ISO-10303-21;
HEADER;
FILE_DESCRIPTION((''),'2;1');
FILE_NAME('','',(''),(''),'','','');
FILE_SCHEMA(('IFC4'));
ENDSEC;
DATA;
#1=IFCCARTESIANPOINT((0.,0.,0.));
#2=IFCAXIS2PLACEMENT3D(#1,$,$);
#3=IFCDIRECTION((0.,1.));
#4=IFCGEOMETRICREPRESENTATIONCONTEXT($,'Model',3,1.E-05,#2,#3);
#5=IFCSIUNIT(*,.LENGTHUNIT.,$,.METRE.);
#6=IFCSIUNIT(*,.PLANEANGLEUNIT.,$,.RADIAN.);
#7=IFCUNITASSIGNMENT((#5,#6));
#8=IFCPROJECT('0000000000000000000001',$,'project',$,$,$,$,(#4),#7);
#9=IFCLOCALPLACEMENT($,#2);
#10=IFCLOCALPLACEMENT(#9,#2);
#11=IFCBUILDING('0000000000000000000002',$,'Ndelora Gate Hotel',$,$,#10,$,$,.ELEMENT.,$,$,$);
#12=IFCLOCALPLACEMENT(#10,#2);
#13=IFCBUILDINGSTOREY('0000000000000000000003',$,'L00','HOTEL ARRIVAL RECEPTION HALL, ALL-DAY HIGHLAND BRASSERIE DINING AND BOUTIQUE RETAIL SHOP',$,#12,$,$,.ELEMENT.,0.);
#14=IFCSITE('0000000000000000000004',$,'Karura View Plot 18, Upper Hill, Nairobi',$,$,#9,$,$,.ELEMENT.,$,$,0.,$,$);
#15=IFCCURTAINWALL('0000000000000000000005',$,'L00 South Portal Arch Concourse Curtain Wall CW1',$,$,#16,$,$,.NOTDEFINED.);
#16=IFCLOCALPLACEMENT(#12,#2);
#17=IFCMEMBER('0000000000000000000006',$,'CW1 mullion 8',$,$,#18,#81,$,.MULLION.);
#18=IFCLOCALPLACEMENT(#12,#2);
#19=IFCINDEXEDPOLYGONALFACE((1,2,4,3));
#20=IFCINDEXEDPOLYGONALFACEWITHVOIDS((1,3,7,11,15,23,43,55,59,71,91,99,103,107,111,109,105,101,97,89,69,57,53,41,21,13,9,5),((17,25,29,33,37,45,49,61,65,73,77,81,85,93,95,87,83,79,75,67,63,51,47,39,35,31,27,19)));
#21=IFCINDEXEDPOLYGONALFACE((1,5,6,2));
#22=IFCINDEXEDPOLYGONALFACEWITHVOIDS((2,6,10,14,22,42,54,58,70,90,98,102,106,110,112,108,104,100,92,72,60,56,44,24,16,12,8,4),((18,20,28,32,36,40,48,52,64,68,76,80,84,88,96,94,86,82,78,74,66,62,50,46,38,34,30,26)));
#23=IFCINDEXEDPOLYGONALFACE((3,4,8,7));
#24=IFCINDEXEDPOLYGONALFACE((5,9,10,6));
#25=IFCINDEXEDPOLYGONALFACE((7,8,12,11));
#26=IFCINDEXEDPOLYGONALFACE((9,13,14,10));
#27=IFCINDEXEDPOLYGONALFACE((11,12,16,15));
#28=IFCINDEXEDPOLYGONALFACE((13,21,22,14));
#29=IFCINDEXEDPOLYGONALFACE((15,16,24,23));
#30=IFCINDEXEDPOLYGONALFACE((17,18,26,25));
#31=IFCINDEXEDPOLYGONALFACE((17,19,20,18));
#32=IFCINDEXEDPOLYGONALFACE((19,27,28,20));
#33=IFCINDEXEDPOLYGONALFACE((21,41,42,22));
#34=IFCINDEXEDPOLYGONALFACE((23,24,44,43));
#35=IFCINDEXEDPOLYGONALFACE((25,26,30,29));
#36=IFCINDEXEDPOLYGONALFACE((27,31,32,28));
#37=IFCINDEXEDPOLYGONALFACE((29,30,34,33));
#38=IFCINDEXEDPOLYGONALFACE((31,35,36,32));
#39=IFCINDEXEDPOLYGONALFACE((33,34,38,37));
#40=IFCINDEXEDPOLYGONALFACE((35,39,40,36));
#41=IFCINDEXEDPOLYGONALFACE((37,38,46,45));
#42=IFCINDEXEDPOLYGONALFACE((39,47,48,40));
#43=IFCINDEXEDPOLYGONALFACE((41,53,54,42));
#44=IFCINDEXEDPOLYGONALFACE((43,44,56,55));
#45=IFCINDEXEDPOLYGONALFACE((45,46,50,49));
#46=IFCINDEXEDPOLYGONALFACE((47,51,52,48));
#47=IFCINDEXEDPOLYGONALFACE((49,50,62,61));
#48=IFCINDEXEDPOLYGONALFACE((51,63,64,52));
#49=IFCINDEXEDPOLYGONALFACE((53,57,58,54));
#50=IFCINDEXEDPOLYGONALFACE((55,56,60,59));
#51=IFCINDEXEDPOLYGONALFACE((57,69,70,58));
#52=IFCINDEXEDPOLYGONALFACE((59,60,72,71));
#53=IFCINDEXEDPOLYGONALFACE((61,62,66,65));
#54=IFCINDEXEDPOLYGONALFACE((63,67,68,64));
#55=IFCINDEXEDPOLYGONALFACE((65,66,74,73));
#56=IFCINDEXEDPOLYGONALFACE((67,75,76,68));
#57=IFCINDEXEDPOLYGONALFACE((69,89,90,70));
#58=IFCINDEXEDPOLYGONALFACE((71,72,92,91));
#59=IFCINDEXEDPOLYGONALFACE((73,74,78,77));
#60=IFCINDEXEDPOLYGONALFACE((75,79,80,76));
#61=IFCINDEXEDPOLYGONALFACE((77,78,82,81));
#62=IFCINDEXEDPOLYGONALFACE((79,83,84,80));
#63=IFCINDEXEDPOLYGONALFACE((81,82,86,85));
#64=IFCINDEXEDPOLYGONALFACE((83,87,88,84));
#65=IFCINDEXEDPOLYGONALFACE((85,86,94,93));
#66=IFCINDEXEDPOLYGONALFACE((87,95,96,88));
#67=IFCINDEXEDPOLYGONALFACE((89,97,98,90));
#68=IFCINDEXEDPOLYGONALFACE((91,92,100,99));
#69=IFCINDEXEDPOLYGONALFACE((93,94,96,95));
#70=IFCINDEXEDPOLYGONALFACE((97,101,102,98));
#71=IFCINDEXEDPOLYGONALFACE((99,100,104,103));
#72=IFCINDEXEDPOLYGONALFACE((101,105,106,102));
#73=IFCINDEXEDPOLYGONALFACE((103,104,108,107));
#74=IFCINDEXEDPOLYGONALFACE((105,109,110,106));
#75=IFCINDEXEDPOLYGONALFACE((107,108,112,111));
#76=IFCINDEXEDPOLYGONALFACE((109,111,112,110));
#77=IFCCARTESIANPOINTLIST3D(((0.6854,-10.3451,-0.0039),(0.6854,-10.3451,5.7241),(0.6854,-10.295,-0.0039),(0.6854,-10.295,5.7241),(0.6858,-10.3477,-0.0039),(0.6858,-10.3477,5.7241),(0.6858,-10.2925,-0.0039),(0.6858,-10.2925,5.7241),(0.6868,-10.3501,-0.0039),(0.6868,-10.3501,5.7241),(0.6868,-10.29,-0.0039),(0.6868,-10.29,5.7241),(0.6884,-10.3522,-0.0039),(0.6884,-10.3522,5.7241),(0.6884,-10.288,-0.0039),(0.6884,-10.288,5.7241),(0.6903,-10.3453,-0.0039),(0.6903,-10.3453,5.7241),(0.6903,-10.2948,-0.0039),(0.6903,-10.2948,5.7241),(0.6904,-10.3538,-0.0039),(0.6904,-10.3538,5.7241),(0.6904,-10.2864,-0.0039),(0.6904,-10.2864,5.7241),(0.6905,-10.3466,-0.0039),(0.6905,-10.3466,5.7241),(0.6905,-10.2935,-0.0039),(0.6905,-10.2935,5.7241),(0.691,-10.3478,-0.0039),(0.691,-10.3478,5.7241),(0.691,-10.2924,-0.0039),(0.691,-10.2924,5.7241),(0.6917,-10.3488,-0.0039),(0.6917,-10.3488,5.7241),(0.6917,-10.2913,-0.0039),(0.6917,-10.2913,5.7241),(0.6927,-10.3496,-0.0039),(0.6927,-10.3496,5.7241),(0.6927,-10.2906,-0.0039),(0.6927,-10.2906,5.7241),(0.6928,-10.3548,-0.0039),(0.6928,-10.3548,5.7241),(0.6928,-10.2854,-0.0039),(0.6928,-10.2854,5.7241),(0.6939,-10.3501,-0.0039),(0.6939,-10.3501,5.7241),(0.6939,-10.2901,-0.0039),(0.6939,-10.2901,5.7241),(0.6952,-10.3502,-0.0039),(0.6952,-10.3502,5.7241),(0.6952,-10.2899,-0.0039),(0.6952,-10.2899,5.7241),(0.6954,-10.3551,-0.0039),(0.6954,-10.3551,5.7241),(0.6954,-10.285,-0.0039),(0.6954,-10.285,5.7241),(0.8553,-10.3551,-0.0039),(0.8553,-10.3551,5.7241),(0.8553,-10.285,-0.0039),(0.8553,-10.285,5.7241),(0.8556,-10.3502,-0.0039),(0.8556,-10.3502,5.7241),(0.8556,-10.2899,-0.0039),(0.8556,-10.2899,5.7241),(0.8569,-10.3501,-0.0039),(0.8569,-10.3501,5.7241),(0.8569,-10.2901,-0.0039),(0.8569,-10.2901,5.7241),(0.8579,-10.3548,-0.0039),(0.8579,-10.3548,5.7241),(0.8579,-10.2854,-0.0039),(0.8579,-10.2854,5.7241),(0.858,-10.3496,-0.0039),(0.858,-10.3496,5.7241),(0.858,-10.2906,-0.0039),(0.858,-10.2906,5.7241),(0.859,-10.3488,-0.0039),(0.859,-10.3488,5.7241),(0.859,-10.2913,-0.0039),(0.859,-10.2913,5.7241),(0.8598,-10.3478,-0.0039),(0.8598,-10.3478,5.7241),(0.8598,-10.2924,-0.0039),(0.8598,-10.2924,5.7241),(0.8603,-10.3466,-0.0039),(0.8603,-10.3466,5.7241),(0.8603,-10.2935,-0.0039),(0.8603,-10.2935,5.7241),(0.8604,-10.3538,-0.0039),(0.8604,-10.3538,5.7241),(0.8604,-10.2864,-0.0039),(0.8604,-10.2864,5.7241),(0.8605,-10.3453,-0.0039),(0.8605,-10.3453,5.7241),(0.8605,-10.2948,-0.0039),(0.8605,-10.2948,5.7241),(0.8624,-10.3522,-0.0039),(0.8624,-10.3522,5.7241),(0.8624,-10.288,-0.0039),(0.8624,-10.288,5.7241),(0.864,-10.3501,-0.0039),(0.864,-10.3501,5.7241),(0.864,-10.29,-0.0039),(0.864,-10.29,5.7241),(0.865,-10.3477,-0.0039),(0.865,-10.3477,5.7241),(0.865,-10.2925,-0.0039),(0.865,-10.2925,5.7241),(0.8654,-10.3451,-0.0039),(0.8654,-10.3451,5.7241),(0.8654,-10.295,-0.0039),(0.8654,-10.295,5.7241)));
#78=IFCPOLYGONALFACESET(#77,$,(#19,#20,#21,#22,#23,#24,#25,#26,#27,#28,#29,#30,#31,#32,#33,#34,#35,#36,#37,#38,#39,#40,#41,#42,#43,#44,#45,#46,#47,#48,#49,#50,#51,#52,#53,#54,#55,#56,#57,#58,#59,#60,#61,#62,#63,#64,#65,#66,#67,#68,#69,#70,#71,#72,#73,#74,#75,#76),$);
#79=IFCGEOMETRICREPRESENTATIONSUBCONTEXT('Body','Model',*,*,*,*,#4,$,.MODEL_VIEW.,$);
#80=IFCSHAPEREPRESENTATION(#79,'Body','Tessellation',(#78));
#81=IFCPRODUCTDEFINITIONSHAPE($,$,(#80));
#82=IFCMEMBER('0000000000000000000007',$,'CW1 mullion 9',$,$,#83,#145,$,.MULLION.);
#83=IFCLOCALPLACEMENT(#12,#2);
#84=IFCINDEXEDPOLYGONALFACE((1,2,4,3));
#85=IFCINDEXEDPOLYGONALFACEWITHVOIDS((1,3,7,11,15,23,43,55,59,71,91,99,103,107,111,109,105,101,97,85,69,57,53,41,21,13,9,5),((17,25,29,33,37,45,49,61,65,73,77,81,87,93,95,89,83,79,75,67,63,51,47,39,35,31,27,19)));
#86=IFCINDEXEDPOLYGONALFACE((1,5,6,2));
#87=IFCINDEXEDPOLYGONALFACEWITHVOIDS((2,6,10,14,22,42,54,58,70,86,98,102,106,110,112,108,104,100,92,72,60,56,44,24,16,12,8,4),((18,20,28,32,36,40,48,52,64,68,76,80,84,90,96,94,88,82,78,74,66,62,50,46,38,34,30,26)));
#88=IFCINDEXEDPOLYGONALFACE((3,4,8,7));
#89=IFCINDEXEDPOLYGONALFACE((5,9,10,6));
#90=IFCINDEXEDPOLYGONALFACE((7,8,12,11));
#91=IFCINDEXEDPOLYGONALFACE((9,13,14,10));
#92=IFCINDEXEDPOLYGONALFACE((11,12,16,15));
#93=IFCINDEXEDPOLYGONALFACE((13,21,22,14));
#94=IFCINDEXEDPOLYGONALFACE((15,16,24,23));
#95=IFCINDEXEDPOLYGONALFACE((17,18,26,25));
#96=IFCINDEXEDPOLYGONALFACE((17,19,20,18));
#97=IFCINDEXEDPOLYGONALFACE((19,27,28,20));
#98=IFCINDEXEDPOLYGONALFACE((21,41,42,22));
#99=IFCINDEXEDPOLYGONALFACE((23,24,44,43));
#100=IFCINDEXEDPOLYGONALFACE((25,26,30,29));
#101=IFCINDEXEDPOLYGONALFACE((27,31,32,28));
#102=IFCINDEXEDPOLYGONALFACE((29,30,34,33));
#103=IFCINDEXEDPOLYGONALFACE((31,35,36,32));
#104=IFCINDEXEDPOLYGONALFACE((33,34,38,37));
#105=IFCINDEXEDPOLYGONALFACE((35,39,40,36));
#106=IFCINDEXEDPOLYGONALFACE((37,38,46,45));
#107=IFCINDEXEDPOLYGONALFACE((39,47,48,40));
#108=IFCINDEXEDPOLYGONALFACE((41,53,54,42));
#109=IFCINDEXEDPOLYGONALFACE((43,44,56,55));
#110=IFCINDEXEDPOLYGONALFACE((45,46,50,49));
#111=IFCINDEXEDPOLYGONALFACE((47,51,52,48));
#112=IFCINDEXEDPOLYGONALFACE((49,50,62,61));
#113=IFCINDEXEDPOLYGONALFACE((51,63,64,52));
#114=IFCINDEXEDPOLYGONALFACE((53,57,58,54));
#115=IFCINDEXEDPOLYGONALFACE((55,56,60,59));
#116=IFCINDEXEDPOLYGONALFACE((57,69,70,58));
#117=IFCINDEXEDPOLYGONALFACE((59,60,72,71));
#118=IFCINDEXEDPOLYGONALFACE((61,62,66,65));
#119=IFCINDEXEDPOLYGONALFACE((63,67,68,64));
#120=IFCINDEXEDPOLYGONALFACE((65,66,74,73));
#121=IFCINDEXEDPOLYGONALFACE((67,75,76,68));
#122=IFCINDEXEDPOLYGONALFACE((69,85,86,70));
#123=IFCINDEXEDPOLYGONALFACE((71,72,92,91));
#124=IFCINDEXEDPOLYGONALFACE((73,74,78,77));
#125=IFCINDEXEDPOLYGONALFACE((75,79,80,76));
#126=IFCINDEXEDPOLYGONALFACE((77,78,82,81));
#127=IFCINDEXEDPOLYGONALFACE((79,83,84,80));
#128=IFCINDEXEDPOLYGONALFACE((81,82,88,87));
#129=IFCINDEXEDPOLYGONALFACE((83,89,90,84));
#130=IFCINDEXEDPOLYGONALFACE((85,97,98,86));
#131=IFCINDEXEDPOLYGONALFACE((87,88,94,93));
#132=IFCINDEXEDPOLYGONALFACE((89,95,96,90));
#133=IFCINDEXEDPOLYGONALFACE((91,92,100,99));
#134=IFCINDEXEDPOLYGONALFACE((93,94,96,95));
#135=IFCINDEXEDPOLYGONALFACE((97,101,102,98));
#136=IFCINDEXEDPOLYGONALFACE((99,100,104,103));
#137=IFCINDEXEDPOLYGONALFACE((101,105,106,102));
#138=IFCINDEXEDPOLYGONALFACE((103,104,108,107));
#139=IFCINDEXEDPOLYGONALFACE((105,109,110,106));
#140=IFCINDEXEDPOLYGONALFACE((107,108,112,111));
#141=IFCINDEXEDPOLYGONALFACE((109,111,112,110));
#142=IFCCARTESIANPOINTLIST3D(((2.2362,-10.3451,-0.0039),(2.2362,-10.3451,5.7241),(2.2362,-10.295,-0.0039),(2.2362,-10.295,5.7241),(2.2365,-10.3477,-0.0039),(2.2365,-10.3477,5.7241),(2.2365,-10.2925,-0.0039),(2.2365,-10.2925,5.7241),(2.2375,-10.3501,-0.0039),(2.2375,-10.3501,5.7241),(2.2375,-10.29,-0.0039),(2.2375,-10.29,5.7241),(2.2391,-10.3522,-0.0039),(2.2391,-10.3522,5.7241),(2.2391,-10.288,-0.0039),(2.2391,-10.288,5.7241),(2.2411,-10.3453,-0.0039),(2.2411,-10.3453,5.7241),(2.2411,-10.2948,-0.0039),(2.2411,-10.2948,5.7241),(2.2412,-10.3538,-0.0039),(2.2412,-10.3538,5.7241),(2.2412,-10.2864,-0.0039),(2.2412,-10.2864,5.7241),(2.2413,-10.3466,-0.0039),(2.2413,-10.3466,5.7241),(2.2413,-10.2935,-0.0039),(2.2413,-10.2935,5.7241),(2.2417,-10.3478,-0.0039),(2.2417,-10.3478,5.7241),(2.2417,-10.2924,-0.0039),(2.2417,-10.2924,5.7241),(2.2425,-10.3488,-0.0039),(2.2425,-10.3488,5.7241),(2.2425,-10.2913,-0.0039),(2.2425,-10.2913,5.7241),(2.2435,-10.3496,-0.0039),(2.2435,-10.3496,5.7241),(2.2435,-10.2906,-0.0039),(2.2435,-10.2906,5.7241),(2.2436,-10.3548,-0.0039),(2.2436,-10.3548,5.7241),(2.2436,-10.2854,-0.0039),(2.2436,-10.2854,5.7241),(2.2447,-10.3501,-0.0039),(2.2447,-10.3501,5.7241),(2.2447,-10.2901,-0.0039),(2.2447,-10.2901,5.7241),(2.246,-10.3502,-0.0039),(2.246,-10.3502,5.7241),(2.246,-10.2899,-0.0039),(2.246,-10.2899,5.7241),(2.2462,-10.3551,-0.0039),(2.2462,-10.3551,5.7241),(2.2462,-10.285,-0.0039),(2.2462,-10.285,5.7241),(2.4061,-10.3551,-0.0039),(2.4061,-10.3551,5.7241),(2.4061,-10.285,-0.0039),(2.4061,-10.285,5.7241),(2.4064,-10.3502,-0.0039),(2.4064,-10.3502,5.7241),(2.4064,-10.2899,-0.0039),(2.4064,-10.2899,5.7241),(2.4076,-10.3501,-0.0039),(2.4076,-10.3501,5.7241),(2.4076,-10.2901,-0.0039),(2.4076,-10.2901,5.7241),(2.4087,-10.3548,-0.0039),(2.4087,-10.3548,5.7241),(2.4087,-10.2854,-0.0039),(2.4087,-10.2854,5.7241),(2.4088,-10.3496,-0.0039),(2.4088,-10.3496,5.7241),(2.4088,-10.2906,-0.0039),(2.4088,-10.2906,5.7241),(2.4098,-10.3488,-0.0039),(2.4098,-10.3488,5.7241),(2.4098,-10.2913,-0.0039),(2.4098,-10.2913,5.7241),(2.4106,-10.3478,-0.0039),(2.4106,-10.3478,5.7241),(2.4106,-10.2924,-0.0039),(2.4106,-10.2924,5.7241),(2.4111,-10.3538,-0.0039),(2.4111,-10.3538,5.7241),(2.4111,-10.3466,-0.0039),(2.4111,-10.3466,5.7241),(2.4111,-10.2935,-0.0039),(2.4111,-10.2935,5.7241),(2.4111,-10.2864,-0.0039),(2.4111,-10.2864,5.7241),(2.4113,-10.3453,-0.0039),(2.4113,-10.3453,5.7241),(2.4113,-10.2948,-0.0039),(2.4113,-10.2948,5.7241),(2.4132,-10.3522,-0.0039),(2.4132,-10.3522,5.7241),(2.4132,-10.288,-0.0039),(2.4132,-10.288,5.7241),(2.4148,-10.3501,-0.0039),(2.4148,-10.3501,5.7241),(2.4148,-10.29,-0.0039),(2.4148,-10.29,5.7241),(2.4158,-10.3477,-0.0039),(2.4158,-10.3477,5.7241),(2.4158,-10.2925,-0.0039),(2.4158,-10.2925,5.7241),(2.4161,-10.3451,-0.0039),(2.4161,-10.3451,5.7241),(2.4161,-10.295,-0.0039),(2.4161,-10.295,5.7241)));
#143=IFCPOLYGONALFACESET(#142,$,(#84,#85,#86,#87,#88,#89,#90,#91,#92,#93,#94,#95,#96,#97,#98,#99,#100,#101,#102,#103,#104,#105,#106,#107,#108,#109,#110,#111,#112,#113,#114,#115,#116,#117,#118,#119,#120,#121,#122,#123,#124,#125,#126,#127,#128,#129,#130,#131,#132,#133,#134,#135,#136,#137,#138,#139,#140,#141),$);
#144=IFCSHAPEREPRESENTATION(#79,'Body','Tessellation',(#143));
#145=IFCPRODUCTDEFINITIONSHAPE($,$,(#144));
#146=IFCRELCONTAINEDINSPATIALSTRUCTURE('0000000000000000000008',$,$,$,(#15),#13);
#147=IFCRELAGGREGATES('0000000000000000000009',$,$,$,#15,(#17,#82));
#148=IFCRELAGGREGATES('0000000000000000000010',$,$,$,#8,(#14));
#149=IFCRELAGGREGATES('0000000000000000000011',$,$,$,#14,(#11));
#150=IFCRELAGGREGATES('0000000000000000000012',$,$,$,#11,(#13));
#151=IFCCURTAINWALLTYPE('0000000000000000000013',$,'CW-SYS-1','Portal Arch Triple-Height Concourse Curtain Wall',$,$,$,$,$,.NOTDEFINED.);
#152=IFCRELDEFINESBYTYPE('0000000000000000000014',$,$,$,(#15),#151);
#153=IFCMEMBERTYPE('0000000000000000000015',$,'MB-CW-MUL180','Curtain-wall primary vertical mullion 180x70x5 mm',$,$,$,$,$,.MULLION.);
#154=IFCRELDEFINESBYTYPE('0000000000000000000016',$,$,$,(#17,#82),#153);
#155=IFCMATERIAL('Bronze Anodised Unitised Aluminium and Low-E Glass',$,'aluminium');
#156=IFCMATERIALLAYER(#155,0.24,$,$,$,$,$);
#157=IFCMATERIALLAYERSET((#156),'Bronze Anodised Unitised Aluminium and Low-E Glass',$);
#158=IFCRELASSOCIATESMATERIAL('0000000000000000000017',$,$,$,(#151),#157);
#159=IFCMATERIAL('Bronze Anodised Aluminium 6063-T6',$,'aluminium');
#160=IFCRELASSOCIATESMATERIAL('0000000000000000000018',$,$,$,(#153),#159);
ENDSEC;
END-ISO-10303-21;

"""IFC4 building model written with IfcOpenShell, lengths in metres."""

from ifc_helpers import new_model, si_unit, direction, frame, origin, origin_2d, place, context, subcontext, project, spatial, hollow_rectangle, extrude, material, layer, layer_set, material_profile, profile_set, type_object, element, aggregate, save


model = new_model("IFC4")

# Units and contexts
model_context = context("Model", 3, precision=1e-05, world=origin(), true_north=direction((0.0, 1.0)))
body_context = subcontext(model_context, "Body", "Model", "MODEL_VIEW")
ifc_project = project(units=[si_unit("LENGTHUNIT", "METRE"), si_unit("PLANEANGLEUNIT", "RADIAN")], contexts=[model_context])

# Site, building, storey
site_placement = place(None, origin())
site = spatial("IfcSite", under=ifc_project, at=site_placement, Name="Karura View Plot 18, Upper Hill, Nairobi", CompositionType="ELEMENT", RefElevation=0.0)
building_placement = place(site_placement, origin())
building = spatial("IfcBuilding", under=site, at=building_placement, Name="Ndelora Gate Hotel", CompositionType="ELEMENT")
storey_placement = place(building_placement, origin())
storey = spatial("IfcBuildingStorey", under=building, at=storey_placement, Name="L00", Description="HOTEL ARRIVAL RECEPTION HALL, ALL-DAY HIGHLAND BRASSERIE DINING AND BOUTIQUE RETAIL SHOP", CompositionType="ELEMENT", Elevation=0.0)

# Curtain wall, members
ifc_material_1 = material(Name="Bronze Anodised Unitised Aluminium and Low-E Glass", Category="aluminium")
ifc_layer_1 = layer(ifc_material_1, 0.24)
ifc_layer_set_1 = layer_set([ifc_layer_1], Name="Bronze Anodised Unitised Aluminium and Low-E Glass")
curtain_wall_type = type_object("IfcCurtainWallType", Name="CW-SYS-1", Description="Portal Arch Triple-Height Concourse Curtain Wall", PredefinedType="NOTDEFINED", material=ifc_layer_set_1)
curtain_wall_placement = place(storey_placement, origin())
curtain_wall = element("IfcCurtainWall", 1, at=curtain_wall_placement, inside=storey, type_object=curtain_wall_type, Name="L00 South Portal Arch Concourse Curtain Wall CW1", PredefinedType="NOTDEFINED")
ifc_material_2 = material(Name="Bronze Anodised Aluminium 6063-T6", Category="aluminium")
ifc_material_profile_1 = material_profile(ifc_material_2, hollow_rectangle(XDim=0.0701, YDim=0.1799, WallThickness=0.0049, InnerFilletRadius=0.0049, OuterFilletRadius=0.01, at=origin_2d()), Name="ALU 180x70x5")
ifc_profile_set_1 = profile_set([ifc_material_profile_1], Name="Bronze Anodised Aluminium 6063-T6")
member_type_1 = type_object("IfcMemberType", Name="MB-CW-MUL180", Description="Curtain-wall primary vertical mullion 180x70x5 mm", PredefinedType="MULLION", material=ifc_profile_set_1)
member_1_placement = place(storey_placement, frame((0.7754, -10.3201, -0.0039), z_axis=(0.0, 0.0, 1.0), x_axis=(0.0, 1.0, 0.0)))
member_1 = element("IfcMember", 2, at=member_1_placement, type_object=member_type_1, Name="CW1 mullion 8", PredefinedType="MULLION", context=body_context, shape_type="SweptSolid", body=[
    extrude(hollow_rectangle(XDim=0.0701, YDim=0.1799, WallThickness=0.0049, InnerFilletRadius=0.0049, OuterFilletRadius=0.01, at=origin_2d()), origin(), (0.0, 0.0, 1.0), 5.728),
])
member_2_placement = place(storey_placement, frame((2.3262, -10.3201, -0.0039), z_axis=(0.0, 0.0, 1.0), x_axis=(0.0, 1.0, 0.0)))
member_2 = element("IfcMember", 3, at=member_2_placement, type_object=member_type_1, Name="CW1 mullion 9", PredefinedType="MULLION", context=body_context, shape_type="SweptSolid", body=[
    extrude(hollow_rectangle(XDim=0.0701, YDim=0.1799, WallThickness=0.0049, InnerFilletRadius=0.0049, OuterFilletRadius=0.01, at=origin_2d()), origin(), (0.0, 0.0, 1.0), 5.728),
])
aggregate(curtain_wall, [member_1, member_2])

save(model, "model.ifc")
